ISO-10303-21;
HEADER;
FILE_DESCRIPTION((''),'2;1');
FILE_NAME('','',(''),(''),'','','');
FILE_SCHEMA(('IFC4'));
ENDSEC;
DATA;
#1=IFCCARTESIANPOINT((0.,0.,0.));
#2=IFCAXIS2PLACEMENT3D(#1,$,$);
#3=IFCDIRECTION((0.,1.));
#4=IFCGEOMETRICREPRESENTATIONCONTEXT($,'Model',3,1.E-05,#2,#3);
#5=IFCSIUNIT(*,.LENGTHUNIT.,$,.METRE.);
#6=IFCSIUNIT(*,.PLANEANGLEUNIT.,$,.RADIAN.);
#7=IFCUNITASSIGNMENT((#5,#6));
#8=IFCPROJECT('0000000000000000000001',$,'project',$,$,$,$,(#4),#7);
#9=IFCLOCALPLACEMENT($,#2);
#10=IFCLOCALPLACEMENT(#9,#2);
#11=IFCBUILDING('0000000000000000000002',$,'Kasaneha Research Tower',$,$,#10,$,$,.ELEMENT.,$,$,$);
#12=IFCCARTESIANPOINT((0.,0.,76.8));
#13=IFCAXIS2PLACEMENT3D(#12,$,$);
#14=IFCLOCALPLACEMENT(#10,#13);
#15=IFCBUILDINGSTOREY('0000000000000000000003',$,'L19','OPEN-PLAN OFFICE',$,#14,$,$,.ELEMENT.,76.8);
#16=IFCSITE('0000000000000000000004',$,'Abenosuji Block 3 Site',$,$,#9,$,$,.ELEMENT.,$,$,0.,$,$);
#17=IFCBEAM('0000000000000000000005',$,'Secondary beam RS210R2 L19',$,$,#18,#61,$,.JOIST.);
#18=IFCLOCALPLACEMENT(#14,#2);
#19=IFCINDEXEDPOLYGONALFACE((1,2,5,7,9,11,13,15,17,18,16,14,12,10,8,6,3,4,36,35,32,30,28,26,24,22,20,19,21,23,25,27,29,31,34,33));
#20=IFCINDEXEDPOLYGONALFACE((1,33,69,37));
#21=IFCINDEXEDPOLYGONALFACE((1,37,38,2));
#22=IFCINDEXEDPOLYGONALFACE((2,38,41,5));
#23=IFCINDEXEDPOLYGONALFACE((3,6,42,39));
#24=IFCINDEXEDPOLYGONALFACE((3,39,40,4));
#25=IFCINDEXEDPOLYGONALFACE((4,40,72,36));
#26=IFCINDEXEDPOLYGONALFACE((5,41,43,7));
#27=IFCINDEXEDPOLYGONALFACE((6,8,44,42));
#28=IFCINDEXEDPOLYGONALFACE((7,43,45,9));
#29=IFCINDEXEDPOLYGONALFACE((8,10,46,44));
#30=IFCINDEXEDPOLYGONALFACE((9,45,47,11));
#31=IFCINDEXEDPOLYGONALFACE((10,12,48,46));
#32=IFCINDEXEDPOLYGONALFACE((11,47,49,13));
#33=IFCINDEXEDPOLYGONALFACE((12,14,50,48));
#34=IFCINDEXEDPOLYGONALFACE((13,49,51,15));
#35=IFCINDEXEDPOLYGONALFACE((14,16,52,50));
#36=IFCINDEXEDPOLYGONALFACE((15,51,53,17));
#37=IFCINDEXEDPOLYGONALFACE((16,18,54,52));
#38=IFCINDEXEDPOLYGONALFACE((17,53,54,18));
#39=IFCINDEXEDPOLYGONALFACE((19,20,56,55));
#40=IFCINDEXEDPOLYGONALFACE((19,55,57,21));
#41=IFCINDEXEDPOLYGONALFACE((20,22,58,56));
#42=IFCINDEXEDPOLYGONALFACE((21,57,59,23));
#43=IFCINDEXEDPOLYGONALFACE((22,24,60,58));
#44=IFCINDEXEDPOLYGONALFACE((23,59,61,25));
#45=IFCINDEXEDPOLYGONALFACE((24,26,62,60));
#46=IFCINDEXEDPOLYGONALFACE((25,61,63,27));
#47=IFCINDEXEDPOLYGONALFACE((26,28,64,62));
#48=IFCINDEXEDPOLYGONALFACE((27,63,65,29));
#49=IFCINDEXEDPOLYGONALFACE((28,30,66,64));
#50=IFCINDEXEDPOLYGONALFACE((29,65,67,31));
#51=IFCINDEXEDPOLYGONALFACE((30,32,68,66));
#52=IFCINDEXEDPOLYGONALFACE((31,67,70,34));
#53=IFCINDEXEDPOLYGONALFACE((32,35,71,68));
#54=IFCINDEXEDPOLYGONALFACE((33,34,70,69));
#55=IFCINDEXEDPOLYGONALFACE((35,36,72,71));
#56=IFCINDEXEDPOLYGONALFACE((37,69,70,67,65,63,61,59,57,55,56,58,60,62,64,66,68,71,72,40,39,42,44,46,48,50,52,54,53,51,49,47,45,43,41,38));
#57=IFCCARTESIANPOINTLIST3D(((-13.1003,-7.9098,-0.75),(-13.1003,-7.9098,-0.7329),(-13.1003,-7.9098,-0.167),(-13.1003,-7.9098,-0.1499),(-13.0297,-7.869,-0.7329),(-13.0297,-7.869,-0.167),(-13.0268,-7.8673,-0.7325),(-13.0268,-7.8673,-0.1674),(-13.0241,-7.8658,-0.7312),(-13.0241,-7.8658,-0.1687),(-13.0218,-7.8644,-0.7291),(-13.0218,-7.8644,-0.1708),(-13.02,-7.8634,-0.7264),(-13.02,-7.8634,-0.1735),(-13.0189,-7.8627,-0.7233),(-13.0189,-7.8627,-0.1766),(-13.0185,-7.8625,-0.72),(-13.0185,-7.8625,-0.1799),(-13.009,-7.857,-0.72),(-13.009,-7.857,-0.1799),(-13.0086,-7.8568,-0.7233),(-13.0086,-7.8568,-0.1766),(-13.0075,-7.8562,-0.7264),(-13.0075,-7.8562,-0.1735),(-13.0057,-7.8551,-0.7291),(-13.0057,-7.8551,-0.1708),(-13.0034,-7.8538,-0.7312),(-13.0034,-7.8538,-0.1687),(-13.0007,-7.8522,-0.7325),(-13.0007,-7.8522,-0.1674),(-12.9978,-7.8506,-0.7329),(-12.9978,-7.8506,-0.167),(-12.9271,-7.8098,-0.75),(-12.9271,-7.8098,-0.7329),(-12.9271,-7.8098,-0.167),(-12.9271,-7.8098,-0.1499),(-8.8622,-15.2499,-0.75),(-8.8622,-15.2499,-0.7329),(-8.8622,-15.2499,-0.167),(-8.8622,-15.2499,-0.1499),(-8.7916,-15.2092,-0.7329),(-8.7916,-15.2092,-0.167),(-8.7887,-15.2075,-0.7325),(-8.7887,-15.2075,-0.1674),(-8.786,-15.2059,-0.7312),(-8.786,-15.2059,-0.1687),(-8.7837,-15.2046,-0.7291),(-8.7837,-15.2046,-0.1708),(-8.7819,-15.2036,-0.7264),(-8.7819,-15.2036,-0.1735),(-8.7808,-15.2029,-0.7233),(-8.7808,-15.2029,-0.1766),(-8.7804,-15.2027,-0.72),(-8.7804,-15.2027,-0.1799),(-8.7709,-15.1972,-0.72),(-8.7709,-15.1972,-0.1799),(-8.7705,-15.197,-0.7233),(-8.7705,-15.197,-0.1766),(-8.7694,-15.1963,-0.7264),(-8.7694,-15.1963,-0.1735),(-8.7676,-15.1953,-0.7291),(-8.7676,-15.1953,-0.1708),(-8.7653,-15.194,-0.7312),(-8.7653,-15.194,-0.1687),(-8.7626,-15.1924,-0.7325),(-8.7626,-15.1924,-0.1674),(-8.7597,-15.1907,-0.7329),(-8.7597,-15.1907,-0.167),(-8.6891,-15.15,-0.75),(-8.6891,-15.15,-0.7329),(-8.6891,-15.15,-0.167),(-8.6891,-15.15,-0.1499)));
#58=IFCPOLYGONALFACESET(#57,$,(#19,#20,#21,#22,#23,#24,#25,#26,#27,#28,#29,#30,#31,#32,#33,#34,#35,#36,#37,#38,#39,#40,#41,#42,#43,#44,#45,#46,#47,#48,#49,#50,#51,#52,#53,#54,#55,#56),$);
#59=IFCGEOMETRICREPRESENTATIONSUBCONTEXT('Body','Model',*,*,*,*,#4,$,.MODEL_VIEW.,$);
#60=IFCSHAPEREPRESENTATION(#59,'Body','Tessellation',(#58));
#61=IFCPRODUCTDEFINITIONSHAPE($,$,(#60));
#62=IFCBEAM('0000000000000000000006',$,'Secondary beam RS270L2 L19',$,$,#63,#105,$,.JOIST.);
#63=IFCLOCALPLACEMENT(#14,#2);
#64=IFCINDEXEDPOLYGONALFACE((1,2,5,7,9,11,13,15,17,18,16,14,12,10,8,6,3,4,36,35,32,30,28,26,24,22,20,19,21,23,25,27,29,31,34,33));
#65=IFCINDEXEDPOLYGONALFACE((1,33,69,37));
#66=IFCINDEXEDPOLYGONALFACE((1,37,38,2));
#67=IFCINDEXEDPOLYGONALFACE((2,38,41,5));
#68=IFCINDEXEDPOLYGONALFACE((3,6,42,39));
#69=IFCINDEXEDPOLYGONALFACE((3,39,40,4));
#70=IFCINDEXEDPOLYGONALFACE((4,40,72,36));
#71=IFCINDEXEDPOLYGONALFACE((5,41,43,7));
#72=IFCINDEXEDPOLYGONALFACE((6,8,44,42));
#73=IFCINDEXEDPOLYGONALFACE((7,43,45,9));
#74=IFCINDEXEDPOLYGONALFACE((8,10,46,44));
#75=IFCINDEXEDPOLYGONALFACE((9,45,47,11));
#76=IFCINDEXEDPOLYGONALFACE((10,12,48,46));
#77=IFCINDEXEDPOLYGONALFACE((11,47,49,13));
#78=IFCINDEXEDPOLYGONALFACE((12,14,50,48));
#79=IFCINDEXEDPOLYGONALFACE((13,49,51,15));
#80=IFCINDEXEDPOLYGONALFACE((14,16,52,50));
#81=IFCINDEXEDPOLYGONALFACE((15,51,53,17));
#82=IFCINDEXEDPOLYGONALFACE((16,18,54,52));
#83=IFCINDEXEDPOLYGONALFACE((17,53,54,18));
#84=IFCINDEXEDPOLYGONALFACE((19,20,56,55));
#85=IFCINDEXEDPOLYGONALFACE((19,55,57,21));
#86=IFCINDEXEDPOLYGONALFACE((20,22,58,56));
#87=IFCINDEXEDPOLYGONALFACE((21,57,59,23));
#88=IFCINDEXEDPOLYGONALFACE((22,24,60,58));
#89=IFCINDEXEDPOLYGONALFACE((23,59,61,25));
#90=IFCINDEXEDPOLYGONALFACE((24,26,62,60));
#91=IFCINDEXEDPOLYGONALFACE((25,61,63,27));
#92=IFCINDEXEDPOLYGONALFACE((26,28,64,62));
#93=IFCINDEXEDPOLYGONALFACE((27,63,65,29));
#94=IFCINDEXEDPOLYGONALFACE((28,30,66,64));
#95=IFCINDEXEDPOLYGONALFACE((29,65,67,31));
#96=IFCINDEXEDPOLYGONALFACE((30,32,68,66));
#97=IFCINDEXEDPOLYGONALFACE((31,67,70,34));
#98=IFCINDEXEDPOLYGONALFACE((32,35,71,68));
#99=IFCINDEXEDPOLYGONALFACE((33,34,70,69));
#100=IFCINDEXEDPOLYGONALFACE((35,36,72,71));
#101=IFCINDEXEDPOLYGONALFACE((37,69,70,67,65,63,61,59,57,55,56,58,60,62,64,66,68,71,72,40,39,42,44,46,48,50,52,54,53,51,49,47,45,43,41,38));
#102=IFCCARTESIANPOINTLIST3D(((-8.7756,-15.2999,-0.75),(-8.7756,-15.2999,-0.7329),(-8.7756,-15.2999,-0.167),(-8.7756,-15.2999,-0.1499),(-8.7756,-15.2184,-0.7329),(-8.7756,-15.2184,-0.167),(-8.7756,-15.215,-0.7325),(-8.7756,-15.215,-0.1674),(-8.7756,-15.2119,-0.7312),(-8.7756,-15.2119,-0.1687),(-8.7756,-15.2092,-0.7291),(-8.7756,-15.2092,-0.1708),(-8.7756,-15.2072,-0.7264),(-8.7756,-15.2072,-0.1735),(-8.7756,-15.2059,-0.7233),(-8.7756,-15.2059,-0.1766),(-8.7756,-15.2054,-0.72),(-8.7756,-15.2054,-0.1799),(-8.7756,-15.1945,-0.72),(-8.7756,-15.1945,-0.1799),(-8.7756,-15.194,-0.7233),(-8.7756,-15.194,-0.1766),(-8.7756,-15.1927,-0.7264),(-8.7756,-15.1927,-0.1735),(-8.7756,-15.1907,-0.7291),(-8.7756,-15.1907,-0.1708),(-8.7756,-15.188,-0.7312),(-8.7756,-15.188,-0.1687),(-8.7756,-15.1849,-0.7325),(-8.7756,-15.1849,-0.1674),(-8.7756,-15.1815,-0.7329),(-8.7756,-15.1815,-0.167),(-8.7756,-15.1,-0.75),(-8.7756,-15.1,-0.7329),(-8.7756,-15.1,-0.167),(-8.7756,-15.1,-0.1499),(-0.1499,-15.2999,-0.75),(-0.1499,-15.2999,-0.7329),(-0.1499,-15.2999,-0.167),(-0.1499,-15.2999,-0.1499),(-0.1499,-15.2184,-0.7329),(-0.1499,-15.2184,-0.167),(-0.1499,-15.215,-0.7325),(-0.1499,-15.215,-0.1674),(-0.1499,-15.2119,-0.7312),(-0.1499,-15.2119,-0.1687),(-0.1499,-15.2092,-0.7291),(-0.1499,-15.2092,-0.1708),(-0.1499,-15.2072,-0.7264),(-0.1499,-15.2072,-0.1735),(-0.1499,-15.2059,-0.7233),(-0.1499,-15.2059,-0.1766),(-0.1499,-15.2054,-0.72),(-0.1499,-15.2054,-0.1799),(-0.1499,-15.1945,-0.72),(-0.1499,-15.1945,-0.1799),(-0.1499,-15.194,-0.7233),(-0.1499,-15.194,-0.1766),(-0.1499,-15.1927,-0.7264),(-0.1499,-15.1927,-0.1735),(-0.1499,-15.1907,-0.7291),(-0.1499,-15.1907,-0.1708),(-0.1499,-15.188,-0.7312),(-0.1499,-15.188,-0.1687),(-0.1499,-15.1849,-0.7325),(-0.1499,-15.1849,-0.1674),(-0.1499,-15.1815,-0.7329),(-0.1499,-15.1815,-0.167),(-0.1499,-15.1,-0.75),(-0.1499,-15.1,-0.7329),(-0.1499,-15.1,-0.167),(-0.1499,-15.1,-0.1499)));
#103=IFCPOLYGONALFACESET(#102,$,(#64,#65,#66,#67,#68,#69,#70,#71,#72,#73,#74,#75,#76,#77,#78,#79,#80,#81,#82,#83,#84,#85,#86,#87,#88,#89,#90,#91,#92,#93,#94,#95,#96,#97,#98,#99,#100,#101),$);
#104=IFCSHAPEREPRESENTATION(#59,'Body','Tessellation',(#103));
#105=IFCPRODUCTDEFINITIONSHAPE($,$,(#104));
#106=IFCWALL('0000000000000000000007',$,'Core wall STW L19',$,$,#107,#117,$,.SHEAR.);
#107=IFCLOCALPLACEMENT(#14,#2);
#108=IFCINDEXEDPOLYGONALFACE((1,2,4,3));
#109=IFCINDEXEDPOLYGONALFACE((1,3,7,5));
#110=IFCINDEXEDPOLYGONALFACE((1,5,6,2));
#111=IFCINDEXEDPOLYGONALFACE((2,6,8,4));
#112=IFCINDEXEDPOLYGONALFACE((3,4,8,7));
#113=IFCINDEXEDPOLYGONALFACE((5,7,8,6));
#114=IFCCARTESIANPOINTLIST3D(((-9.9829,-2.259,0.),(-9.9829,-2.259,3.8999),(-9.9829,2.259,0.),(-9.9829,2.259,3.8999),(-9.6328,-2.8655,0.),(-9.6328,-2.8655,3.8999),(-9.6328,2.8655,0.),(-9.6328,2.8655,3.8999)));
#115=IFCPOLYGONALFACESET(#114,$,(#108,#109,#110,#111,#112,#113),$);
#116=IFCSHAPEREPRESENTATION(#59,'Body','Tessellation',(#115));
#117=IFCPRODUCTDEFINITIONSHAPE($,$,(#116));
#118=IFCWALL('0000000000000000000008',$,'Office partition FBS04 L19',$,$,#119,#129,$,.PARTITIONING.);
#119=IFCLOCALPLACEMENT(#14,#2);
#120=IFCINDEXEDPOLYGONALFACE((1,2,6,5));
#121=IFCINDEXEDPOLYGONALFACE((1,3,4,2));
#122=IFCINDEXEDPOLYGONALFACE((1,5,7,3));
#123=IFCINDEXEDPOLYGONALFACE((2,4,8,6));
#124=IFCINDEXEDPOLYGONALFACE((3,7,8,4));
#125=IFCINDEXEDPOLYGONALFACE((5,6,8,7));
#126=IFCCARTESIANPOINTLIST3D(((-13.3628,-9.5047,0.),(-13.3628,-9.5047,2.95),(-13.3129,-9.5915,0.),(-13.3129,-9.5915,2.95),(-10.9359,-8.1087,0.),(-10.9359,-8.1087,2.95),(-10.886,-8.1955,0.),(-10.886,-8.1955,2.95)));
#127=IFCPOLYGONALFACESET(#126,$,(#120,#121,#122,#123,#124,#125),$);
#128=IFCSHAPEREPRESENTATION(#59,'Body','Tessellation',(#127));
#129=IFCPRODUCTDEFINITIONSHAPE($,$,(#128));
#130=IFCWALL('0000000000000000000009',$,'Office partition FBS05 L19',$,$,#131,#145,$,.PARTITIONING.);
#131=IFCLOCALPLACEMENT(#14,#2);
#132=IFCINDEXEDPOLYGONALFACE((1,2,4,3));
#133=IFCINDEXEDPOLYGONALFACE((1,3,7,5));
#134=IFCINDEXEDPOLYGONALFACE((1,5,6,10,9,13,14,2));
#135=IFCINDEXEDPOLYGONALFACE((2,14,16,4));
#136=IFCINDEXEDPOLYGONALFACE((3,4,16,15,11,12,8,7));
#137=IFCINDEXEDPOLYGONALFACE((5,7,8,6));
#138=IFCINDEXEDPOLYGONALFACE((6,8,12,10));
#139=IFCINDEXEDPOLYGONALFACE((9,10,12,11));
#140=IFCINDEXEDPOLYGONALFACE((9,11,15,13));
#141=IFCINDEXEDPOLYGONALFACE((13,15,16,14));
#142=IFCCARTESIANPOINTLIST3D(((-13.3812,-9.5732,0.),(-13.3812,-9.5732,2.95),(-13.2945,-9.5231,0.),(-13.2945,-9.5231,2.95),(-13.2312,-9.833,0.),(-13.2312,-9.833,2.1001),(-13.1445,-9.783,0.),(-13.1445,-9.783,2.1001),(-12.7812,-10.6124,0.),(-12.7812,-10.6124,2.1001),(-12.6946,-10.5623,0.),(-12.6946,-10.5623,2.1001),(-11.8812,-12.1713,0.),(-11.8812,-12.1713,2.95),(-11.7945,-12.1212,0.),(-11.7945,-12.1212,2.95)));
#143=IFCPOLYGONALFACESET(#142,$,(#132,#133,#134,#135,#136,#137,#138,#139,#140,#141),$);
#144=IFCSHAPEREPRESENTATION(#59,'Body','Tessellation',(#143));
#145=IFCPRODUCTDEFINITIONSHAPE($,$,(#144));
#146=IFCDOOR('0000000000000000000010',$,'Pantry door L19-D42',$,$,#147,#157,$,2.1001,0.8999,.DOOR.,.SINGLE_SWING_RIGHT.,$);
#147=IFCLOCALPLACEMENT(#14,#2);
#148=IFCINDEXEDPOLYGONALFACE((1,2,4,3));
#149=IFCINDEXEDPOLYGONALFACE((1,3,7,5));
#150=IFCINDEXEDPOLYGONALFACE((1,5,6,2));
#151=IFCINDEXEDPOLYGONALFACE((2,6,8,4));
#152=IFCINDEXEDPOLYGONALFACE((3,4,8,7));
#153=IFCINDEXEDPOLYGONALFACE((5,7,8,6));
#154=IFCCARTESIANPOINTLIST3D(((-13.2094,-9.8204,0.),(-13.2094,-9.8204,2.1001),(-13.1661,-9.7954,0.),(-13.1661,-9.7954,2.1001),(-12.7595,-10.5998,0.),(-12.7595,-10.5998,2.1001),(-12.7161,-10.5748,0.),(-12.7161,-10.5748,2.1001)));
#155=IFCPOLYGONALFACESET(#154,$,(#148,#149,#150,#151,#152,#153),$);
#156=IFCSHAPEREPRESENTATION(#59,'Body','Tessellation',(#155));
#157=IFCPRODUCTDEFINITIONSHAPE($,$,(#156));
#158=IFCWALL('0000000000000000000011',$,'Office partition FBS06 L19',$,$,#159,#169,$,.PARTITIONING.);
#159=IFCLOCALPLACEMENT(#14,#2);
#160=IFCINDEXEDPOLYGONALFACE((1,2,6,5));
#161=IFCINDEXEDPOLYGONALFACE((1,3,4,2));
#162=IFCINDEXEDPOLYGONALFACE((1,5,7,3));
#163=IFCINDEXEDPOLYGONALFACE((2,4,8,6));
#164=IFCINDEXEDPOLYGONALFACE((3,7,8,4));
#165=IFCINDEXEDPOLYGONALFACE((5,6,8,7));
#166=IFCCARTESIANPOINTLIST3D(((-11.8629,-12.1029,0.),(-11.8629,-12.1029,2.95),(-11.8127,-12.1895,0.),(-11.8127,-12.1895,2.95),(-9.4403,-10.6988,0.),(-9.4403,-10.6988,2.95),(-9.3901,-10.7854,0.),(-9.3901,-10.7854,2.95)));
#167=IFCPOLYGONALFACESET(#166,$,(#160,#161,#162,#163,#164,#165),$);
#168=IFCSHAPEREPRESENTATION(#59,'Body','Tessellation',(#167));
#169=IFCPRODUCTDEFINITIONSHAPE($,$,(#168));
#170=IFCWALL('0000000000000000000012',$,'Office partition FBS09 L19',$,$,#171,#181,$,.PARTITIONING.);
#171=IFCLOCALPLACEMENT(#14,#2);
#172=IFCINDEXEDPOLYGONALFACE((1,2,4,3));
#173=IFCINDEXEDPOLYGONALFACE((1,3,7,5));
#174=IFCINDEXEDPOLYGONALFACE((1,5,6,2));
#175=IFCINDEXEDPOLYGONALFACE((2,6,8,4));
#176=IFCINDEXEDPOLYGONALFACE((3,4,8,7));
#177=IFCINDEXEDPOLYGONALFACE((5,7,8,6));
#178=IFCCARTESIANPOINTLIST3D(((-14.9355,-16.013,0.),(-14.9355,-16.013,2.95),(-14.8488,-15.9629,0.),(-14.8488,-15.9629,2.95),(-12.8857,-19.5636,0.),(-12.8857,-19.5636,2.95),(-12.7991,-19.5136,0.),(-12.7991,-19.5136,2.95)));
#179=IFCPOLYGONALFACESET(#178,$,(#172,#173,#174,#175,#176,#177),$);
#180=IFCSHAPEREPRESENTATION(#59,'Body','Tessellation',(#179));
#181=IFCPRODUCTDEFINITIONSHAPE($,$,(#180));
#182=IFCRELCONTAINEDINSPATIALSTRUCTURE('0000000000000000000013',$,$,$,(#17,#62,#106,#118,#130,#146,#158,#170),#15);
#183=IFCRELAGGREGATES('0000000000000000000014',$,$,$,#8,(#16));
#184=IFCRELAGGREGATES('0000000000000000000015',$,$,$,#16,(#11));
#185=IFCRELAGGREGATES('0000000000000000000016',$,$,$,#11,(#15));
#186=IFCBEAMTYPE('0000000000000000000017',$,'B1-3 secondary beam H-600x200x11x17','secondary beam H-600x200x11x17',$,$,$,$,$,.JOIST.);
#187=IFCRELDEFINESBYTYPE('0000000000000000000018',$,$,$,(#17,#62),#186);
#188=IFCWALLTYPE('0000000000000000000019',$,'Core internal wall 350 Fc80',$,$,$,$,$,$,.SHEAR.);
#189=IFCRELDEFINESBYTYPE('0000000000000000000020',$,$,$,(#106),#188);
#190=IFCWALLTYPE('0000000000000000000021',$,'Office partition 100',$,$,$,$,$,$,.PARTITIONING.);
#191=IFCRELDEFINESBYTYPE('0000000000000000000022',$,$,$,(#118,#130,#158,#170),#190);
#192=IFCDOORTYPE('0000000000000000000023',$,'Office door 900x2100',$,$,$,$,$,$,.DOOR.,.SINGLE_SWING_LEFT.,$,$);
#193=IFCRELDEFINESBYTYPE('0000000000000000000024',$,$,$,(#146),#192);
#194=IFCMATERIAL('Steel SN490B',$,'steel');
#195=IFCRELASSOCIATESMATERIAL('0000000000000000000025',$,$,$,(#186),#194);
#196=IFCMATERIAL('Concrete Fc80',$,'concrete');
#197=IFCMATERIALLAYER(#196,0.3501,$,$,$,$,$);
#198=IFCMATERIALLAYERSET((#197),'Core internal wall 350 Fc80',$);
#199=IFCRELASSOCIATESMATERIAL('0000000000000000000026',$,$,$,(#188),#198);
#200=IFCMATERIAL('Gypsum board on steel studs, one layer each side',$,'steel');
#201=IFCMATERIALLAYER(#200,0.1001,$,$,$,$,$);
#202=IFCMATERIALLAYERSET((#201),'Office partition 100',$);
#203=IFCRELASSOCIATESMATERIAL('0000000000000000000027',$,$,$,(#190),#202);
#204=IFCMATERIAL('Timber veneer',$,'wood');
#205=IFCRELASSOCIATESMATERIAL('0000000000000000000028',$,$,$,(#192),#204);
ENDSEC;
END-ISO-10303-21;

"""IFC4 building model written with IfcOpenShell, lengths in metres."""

from ifc_helpers import new_model, si_unit, direction, frame, frame_2d, origin, origin_2d, place, context, subcontext, project, spatial, polyline, rectangle, i_section, outline, extrude, material, layer, layer_set, material_profile, profile_set, type_object, element, fill, save


model = new_model("IFC4")

# Units and contexts
model_context = context("Model", 3, precision=1e-05, world=origin(), true_north=direction((0.0, 1.0)))
body_context = subcontext(model_context, "Body", "Model", "MODEL_VIEW")
ifc_project = project(units=[si_unit("LENGTHUNIT", "METRE"), si_unit("PLANEANGLEUNIT", "RADIAN")], contexts=[model_context])

# Site, building, storey
site_placement = place(None, origin())
site = spatial("IfcSite", under=ifc_project, at=site_placement, Name="Abenosuji Block 3 Site", CompositionType="ELEMENT", RefElevation=0.0)
building_placement = place(site_placement, origin())
building = spatial("IfcBuilding", under=site, at=building_placement, Name="Kasaneha Research Tower", CompositionType="ELEMENT")
storey_placement = place(building_placement, frame((0.0, 0.0, 76.8)))
storey = spatial("IfcBuildingStorey", under=building, at=storey_placement, Name="L19", Description="OPEN-PLAN OFFICE", CompositionType="ELEMENT", Elevation=76.8)

# Beams
ifc_material_1 = material(Name="Steel SN490B", Category="steel")
ifc_material_profile_1 = material_profile(ifc_material_1, i_section(OverallWidth=0.2, OverallDepth=0.6001, WebThickness=0.011, FlangeThickness=0.0171, FilletRadius=0.0129, at=origin_2d()), Name="H-600x200x11x17")
ifc_profile_set_1 = profile_set([ifc_material_profile_1], Name="Steel SN490B")
beam_type = type_object("IfcBeamType", Name="B1-3 secondary beam H-600x200x11x17", Description="secondary beam H-600x200x11x17", PredefinedType="JOIST", material=ifc_profile_set_1)
beam_1_placement = place(storey_placement, frame((-8.7756, -15.2, -0.45), z_axis=(-0.500021, 0.866013, 0.0), x_axis=(-0.866013, -0.500021, 0.0)))
element("IfcBeam", 1, at=beam_1_placement, inside=storey, type_object=beam_type, Name="Secondary beam RS210R2 L19", PredefinedType="JOIST", context=body_context, shape_type="SweptSolid", body=[
    extrude(i_section(OverallWidth=0.2, OverallDepth=0.6001, WebThickness=0.011, FlangeThickness=0.0171, FilletRadius=0.0129, at=origin_2d()), origin(), (0.0, 0.0, 1.0), 8.4758),
])
beam_2_placement = place(storey_placement, frame((-8.7756, -15.2, -0.45), z_axis=(1.0, 0.0, 0.0), x_axis=(0.0, 1.0, 0.0)))
element("IfcBeam", 2, at=beam_2_placement, inside=storey, type_object=beam_type, Name="Secondary beam RS270L2 L19", PredefinedType="JOIST", context=body_context, shape_type="SweptSolid", body=[
    extrude(i_section(OverallWidth=0.2, OverallDepth=0.6001, WebThickness=0.011, FlangeThickness=0.0171, FilletRadius=0.0129, at=origin_2d()), origin(), (0.0, 0.0, 1.0), 8.6257),
])

# Shared definitions
ifc_material_2 = material(Name="Concrete Fc80", Category="concrete")
ifc_layer_1 = layer(ifc_material_2, 0.3501)
ifc_layer_set_1 = layer_set([ifc_layer_1], Name="Core internal wall 350 Fc80")
wall_type_1 = type_object("IfcWallType", Name="Core internal wall 350 Fc80", PredefinedType="SHEAR", material=ifc_layer_set_1)

# Walls
wall_1_placement = place(storey_placement, frame((-9.8079, -2.5623, 0.0), z_axis=(0.0, 0.0, 1.0), x_axis=(0.0, 1.0, 0.0)))
element("IfcWall", 3, at=wall_1_placement, inside=storey, type_object=wall_type_1, Name="Core wall STW L19", PredefinedType="SHEAR", context=body_context, shape_type="SweptSolid", body=[
    extrude(outline(polyline([(-0.3032, -0.175), (5.4277, -0.175), (4.8213, 0.175), (0.3032, 0.175), (-0.3032, -0.175)])), origin(), (0.0, 0.0, 1.0), 3.8999),
])
ifc_material_3 = material(Name="Gypsum board on steel studs, one layer each side", Category="steel")
ifc_layer_2 = layer(ifc_material_3, 0.1001)
ifc_layer_set_2 = layer_set([ifc_layer_2], Name="Office partition 100")
wall_type_2 = type_object("IfcWallType", Name="Office partition 100", PredefinedType="PARTITIONING", material=ifc_layer_set_2)
wall_2_placement = place(storey_placement, frame((-13.3379, -9.5481, 0.0), z_axis=(0.0, 0.0, 1.0), x_axis=(0.866834, 0.498597, 0.0)))
element("IfcWall", 4, at=wall_2_placement, inside=storey, type_object=wall_type_2, Name="Office partition FBS04 L19", PredefinedType="PARTITIONING", context=body_context, shape_type="SweptSolid", body=[
    extrude(rectangle(XDim=2.7998, YDim=0.1001, at=frame_2d((1.3999, 0.0))), origin(), (0.0, 0.0, 1.0), 2.95),
])

# Wall, opening, door
wall_3_placement = place(storey_placement, frame((-11.8379, -12.1462, 0.0), z_axis=(0.0, 0.0, 1.0), x_axis=(-0.49999, 0.866031, 0.0)))
wall_3 = element("IfcWall", 5, at=wall_3_placement, inside=storey, type_object=wall_type_2, Name="Office partition FBS05 L19", PredefinedType="PARTITIONING", context=body_context, shape_type="SweptSolid", body=[
    extrude(rectangle(XDim=3.0, YDim=0.1001, at=frame_2d((1.5, 0.0))), origin(), (0.0, 0.0, 1.0), 2.95),
])
opening_1_placement = place(wall_3_placement, frame((1.8, 0.0, 0.0)))
opening_1 = element("IfcOpeningElement", 6, at=opening_1_placement, cuts=wall_3, PredefinedType="OPENING", context=body_context, shape_type="SweptSolid", body=[
    extrude(rectangle(XDim=0.8999, YDim=2.1001, at=frame_2d((0.45, 1.05))), frame((0.0, 0.0601, 0.0), z_axis=(0.0, -1.0, 0.0), x_axis=(1.0, 0.0, 0.0)), (0.0, 0.0, 1.0), 0.1201),
])
ifc_material_4 = material(Name="Timber veneer", Category="wood")
door_type_1 = type_object("IfcDoorType", Name="Office door 900x2100", OperationType="SINGLE_SWING_LEFT", PredefinedType="DOOR", material=ifc_material_4)
door_1_placement = place(opening_1_placement, origin())
door_1 = element("IfcDoor", 7, at=door_1_placement, inside=storey, type_object=door_type_1, Name="Pantry door L19-D42", OperationType="SINGLE_SWING_RIGHT", OverallHeight=2.1001, OverallWidth=0.8999, PredefinedType="DOOR", context=body_context, shape_type="SweptSolid", body=[
    extrude(rectangle(XDim=0.8999, YDim=2.1001, at=frame_2d((0.45, 1.05))), frame((0.0, 0.0249, 0.0), z_axis=(0.0, -1.0, 0.0), x_axis=(1.0, 0.0, 0.0)), (0.0, 0.0, 1.0), 0.05),
])
fill(opening_1, door_1)

# Walls
wall_4_placement = place(storey_placement, frame((-9.4153, -10.7422, 0.0), z_axis=(0.0, 0.0, 1.0), x_axis=(-0.865195, -0.501435, 0.0)))
element("IfcWall", 8, at=wall_4_placement, inside=storey, type_object=wall_type_2, Name="Office partition FBS06 L19", PredefinedType="PARTITIONING", context=body_context, shape_type="SweptSolid", body=[
    extrude(rectangle(XDim=2.8, YDim=0.1001, at=frame_2d((1.3999, 0.0))), origin(), (0.0, 0.0, 1.0), 2.95),
])
wall_5_placement = place(storey_placement, frame((-14.8921, -15.988, 0.0), z_axis=(0.0, 0.0, 1.0), x_axis=(0.499956, -0.866051, 0.0)))
element("IfcWall", 9, at=wall_5_placement, inside=storey, type_object=wall_type_2, Name="Office partition FBS09 L19", PredefinedType="PARTITIONING", context=body_context, shape_type="SweptSolid", body=[
    extrude(rectangle(XDim=4.0999, YDim=0.1001, at=frame_2d((2.0498, 0.0))), origin(), (0.0, 0.0, 1.0), 2.95),
])

save(model, "model.ifc")
